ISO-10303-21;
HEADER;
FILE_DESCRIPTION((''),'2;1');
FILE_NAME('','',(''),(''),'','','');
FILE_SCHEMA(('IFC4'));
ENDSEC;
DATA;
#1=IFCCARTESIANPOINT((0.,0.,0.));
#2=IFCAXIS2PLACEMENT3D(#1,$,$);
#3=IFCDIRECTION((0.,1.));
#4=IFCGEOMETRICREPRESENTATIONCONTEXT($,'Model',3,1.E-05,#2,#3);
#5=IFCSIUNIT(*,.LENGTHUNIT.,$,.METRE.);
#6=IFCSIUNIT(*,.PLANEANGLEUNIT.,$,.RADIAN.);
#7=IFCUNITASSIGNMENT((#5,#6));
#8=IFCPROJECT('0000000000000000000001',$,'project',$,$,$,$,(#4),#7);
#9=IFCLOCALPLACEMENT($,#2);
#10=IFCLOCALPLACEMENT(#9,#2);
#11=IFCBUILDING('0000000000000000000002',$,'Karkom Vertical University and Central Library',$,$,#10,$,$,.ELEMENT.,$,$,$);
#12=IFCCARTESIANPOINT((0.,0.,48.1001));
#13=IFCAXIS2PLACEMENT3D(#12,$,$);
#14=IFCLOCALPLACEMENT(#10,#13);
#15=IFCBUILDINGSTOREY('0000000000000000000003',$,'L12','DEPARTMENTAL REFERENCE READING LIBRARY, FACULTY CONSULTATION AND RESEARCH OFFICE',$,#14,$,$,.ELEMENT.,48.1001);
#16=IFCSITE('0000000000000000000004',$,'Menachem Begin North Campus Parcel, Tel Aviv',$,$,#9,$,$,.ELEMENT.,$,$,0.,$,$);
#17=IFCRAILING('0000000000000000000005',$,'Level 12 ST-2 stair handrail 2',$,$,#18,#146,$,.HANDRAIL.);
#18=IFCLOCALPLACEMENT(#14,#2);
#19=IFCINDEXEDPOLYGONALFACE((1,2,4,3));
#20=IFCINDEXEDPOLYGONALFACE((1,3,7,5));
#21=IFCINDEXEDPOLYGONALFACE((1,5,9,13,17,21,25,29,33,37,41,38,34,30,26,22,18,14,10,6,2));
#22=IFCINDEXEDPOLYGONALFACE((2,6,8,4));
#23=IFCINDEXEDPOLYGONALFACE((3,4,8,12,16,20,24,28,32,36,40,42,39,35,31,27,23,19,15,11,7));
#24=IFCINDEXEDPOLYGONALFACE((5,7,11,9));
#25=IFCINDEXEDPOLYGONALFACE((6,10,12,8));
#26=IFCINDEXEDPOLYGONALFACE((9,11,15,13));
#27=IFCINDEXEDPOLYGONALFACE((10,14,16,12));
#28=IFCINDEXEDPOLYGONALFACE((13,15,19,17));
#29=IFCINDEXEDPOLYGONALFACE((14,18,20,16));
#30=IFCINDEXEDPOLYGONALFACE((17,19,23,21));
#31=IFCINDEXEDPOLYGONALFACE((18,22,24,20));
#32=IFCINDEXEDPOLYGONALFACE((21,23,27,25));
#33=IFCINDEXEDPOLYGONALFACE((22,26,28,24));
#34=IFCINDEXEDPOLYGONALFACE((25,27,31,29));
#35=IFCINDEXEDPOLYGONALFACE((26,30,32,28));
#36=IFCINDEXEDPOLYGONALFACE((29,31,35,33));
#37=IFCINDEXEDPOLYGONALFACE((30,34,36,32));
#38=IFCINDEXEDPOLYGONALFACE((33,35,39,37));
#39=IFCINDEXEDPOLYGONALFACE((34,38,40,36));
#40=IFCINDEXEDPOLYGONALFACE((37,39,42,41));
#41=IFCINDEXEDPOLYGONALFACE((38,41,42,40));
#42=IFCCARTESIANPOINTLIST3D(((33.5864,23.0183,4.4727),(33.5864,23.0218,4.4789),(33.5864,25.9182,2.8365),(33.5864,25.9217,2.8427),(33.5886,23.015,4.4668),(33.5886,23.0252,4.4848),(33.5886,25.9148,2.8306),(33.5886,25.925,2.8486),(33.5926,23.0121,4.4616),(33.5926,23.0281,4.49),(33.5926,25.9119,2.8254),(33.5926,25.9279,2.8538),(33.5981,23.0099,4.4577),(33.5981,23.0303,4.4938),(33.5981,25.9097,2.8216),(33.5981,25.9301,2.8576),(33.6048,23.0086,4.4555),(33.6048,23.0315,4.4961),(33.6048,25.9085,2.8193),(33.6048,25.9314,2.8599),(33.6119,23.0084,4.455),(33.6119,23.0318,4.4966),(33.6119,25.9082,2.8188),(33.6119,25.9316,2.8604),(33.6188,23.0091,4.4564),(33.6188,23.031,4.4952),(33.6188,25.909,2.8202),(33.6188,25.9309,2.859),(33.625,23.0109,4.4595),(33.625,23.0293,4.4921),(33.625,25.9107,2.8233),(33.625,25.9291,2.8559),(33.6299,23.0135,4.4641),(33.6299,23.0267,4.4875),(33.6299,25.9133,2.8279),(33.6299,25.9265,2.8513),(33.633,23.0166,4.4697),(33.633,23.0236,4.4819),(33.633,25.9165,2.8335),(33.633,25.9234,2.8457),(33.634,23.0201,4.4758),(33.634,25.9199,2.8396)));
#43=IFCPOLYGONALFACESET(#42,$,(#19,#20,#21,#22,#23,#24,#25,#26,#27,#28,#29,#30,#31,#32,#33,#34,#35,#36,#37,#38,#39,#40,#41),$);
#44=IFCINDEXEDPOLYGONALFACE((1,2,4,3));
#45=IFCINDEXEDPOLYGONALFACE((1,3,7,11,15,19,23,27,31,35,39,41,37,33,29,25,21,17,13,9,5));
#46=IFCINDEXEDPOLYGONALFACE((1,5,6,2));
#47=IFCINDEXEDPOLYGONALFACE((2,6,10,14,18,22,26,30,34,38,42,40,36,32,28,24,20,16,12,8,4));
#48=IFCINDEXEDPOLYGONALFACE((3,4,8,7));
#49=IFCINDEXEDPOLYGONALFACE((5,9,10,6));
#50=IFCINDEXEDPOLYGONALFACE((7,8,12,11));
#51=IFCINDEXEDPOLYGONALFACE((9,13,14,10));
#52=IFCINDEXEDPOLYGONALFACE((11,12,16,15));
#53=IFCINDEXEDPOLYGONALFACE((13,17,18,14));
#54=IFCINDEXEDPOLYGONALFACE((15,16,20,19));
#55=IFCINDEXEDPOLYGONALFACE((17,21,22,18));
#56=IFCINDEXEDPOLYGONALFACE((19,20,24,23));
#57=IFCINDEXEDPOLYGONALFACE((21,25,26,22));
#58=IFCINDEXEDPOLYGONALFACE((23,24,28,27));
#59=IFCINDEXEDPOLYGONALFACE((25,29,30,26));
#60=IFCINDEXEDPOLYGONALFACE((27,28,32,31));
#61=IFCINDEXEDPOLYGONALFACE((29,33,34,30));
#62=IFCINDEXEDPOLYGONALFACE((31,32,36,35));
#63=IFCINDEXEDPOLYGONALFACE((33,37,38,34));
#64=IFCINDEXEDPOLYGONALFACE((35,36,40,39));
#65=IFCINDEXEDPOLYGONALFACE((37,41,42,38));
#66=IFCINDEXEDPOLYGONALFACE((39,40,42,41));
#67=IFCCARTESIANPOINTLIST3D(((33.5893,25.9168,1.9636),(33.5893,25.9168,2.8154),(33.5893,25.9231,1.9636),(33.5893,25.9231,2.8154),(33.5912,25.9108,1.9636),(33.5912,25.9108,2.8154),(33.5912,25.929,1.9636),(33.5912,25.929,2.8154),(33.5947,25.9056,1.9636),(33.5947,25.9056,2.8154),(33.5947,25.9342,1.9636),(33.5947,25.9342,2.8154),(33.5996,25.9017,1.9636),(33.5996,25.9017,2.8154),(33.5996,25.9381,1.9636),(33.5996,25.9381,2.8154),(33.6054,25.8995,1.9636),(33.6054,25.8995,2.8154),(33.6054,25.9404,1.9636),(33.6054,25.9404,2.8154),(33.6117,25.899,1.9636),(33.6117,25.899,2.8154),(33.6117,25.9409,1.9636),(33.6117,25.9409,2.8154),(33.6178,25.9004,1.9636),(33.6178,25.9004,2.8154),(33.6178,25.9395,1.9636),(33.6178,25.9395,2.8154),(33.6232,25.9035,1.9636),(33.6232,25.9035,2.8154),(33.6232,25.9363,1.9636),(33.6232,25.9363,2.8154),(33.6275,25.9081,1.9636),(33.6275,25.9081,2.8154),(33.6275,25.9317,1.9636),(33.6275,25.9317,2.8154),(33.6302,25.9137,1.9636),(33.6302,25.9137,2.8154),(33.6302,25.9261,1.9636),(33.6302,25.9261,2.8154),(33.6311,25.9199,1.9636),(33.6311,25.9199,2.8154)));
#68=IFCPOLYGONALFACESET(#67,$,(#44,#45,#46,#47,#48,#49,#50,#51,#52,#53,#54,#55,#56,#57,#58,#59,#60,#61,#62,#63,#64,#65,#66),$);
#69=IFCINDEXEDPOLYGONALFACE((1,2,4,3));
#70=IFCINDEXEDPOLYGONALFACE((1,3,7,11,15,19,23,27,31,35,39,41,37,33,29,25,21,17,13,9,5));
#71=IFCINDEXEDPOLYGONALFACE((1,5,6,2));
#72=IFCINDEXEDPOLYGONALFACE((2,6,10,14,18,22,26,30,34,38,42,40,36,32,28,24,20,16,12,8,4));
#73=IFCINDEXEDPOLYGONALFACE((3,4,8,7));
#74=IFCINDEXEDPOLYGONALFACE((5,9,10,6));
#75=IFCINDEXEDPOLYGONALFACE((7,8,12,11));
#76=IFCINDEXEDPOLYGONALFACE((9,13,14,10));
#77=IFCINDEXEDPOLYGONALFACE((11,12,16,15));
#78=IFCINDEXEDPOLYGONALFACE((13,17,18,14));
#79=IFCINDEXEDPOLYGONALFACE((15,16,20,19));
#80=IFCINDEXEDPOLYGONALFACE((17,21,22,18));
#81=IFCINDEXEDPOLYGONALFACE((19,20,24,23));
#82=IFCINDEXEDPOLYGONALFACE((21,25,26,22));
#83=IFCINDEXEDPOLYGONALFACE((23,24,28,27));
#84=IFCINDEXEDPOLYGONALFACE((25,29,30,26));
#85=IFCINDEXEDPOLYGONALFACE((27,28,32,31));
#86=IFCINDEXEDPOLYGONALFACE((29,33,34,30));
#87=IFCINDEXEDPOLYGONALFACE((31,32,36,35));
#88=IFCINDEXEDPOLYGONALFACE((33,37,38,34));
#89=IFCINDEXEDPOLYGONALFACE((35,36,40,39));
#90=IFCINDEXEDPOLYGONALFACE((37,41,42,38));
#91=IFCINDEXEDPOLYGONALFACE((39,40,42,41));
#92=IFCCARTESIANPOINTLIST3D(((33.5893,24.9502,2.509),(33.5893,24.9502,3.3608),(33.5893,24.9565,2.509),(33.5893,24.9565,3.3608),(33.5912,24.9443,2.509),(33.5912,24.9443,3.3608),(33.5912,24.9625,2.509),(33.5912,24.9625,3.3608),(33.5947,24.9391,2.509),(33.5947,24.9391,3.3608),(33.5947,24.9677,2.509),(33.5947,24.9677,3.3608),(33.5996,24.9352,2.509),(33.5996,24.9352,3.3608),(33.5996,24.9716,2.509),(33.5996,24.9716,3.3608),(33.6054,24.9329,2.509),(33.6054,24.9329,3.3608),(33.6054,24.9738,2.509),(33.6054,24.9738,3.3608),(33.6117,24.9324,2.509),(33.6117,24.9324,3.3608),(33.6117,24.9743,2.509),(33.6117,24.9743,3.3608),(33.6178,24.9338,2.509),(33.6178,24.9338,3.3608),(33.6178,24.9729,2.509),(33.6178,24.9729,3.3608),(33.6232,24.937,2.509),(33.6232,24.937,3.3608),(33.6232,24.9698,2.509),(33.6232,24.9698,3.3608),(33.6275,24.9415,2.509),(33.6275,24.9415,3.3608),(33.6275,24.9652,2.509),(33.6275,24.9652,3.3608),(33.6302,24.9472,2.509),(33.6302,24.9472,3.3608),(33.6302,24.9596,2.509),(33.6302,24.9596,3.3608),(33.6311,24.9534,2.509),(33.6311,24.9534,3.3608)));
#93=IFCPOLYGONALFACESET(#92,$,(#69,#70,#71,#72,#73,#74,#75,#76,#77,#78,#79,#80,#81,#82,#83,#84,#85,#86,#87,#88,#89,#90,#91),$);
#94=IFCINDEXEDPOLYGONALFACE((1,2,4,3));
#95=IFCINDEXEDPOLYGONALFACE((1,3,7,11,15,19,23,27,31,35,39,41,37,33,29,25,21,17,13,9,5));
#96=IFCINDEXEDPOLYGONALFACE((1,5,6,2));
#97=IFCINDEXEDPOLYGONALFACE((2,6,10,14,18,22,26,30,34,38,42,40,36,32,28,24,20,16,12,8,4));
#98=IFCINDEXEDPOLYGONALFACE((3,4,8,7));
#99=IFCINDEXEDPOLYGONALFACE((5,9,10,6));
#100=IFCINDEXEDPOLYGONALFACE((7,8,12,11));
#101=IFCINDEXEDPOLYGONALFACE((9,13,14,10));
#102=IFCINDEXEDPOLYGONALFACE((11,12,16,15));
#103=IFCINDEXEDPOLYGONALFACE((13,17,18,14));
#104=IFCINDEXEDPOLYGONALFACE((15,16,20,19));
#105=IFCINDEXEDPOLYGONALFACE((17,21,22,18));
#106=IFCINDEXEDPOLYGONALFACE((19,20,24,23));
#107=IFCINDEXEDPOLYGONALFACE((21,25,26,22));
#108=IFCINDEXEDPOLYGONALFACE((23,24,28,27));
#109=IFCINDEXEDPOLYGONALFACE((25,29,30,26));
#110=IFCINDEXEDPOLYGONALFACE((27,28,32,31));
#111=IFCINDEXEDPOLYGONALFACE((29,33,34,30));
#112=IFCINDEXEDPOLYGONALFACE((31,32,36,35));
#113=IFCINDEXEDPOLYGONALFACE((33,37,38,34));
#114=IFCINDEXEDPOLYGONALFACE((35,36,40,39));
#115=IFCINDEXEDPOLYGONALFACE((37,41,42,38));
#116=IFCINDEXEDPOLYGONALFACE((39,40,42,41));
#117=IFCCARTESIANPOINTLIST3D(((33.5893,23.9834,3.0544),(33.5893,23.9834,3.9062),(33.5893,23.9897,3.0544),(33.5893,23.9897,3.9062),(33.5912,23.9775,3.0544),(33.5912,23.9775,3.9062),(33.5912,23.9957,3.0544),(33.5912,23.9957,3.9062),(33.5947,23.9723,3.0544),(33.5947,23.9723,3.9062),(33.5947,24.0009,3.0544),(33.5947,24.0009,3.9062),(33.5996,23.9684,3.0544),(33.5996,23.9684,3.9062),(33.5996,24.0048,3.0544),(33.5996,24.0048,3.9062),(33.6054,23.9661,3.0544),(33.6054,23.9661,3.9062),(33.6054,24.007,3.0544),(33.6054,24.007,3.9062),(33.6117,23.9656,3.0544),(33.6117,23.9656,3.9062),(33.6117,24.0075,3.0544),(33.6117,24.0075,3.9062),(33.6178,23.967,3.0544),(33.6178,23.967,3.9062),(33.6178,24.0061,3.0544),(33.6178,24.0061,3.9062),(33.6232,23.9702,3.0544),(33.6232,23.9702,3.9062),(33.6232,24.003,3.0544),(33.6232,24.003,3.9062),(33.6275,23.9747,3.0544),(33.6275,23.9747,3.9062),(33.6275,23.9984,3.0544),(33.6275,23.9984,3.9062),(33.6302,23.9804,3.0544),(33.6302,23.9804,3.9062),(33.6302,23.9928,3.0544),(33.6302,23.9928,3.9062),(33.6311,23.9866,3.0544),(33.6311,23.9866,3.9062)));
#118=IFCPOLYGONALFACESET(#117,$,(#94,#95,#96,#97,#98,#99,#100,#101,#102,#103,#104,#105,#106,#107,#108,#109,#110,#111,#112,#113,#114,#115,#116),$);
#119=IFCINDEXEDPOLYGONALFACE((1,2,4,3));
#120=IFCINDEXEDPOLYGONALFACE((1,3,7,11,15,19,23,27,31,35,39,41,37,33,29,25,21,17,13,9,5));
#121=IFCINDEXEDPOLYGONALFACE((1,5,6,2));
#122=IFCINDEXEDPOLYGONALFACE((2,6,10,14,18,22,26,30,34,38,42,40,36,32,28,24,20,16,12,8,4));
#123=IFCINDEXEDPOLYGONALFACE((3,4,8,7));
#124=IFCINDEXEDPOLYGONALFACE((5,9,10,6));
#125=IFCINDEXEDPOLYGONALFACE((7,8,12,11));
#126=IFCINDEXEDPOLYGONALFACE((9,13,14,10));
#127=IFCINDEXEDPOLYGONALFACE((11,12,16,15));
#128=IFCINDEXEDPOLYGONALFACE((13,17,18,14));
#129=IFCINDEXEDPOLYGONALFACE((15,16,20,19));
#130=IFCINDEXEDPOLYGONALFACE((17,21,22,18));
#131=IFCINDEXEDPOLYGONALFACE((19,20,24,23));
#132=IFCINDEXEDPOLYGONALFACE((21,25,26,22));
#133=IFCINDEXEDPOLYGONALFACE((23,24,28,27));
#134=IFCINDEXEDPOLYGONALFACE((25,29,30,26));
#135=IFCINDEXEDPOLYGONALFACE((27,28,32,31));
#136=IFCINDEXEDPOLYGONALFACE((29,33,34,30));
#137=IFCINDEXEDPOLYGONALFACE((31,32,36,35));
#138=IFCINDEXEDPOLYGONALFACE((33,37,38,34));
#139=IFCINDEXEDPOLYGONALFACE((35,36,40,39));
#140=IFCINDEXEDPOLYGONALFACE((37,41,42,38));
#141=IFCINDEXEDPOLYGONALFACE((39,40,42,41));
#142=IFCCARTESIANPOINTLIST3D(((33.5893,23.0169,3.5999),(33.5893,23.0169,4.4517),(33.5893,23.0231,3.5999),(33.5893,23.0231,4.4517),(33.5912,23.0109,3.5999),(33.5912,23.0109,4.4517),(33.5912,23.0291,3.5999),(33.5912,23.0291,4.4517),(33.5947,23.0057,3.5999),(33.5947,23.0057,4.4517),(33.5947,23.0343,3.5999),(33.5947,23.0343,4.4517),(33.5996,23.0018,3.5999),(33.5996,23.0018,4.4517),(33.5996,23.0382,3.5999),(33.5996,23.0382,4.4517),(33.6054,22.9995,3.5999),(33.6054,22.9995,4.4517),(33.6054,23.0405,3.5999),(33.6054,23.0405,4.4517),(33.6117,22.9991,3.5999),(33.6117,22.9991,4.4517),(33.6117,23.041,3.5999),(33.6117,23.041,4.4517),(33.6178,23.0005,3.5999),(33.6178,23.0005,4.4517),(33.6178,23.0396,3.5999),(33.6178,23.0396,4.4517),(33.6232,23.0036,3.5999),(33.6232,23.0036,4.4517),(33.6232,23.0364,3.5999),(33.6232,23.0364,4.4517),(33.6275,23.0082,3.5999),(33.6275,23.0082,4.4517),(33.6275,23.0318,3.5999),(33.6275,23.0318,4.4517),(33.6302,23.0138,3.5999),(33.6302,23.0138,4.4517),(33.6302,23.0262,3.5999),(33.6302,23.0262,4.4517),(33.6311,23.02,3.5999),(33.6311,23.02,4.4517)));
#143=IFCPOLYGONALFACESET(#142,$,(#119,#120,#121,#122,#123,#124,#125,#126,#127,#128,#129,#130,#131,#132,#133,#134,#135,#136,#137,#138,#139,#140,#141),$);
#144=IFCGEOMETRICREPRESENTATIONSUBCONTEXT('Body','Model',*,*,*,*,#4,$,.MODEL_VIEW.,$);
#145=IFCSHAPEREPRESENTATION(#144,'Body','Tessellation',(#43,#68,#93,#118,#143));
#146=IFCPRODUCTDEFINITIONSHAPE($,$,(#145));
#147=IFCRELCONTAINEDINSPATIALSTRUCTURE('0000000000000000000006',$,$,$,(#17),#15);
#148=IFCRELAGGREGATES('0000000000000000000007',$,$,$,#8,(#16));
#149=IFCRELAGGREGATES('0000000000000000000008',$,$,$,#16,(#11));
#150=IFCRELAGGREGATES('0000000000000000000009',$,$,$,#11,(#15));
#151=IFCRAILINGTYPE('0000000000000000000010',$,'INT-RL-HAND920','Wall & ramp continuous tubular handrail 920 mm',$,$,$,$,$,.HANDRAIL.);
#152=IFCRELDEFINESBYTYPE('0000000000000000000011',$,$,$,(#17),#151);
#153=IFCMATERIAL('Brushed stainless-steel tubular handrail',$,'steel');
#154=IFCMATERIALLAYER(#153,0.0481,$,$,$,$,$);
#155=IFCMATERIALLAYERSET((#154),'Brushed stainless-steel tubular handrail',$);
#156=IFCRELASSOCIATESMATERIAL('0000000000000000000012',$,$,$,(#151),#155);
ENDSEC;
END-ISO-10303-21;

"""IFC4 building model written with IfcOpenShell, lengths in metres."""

from ifc_helpers import new_model, si_unit, direction, frame, origin, origin_2d, place, context, subcontext, project, spatial, circle, extrude, material, layer, layer_set, type_object, element, save


model = new_model("IFC4")

# Units and contexts
model_context = context("Model", 3, precision=1e-05, world=origin(), true_north=direction((0.0, 1.0)))
body_context = subcontext(model_context, "Body", "Model", "MODEL_VIEW")
ifc_project = project(units=[si_unit("LENGTHUNIT", "METRE"), si_unit("PLANEANGLEUNIT", "RADIAN")], contexts=[model_context])

# Site, building, storey
site_placement = place(None, origin())
site = spatial("IfcSite", under=ifc_project, at=site_placement, Name="Menachem Begin North Campus Parcel, Tel Aviv", CompositionType="ELEMENT", RefElevation=0.0)
building_placement = place(site_placement, origin())
building = spatial("IfcBuilding", under=site, at=building_placement, Name="Karkom Vertical University and Central Library", CompositionType="ELEMENT")
storey_placement = place(building_placement, frame((0.0, 0.0, 48.1001)))
storey = spatial("IfcBuildingStorey", under=building, at=storey_placement, Name="L12", Description="DEPARTMENTAL REFERENCE READING LIBRARY, FACULTY CONSULTATION AND RESEARCH OFFICE", CompositionType="ELEMENT", Elevation=48.1001)

# Railing
ifc_material_1 = material(Name="Brushed stainless-steel tubular handrail", Category="steel")
ifc_layer_1 = layer(ifc_material_1, 0.0481)
ifc_layer_set_1 = layer_set([ifc_layer_1], Name="Brushed stainless-steel tubular handrail")
railing_type_1 = type_object("IfcRailingType", Name="INT-RL-HAND920", Description="Wall & ramp continuous tubular handrail 920 mm", PredefinedType="HANDRAIL", material=ifc_layer_set_1)
railing_1_placement = place(storey_placement, frame((33.6101, 25.9199, 1.9636)))
element("IfcRailing", 1, at=railing_1_placement, inside=storey, type_object=railing_type_1, Name="Level 12 ST-2 stair handrail 2", PredefinedType="HANDRAIL", context=body_context, shape_type="SweptSolid", body=[
    extrude(circle(Radius=0.0239, at=origin_2d()), frame((0.0, 0.0, 0.876), z_axis=(0.0, -0.870929, 0.49141), x_axis=(1.0, 0.0, 0.0)), (0.0, 0.0, 1.0), 3.3296),
    extrude(circle(Radius=0.021, at=origin_2d()), origin(), (0.0, 0.0, 1.0), 0.8518),
    extrude(circle(Radius=0.021, at=origin_2d()), frame((0.0, -0.9666, 0.5454)), (0.0, 0.0, 1.0), 0.8518),
    extrude(circle(Radius=0.021, at=origin_2d()), frame((0.0, -1.9333, 1.0908)), (0.0, 0.0, 1.0), 0.8518),
    extrude(circle(Radius=0.021, at=origin_2d()), frame((0.0, -2.8999, 1.6362)), (0.0, 0.0, 1.0), 0.8518),
])

save(model, "model.ifc")
